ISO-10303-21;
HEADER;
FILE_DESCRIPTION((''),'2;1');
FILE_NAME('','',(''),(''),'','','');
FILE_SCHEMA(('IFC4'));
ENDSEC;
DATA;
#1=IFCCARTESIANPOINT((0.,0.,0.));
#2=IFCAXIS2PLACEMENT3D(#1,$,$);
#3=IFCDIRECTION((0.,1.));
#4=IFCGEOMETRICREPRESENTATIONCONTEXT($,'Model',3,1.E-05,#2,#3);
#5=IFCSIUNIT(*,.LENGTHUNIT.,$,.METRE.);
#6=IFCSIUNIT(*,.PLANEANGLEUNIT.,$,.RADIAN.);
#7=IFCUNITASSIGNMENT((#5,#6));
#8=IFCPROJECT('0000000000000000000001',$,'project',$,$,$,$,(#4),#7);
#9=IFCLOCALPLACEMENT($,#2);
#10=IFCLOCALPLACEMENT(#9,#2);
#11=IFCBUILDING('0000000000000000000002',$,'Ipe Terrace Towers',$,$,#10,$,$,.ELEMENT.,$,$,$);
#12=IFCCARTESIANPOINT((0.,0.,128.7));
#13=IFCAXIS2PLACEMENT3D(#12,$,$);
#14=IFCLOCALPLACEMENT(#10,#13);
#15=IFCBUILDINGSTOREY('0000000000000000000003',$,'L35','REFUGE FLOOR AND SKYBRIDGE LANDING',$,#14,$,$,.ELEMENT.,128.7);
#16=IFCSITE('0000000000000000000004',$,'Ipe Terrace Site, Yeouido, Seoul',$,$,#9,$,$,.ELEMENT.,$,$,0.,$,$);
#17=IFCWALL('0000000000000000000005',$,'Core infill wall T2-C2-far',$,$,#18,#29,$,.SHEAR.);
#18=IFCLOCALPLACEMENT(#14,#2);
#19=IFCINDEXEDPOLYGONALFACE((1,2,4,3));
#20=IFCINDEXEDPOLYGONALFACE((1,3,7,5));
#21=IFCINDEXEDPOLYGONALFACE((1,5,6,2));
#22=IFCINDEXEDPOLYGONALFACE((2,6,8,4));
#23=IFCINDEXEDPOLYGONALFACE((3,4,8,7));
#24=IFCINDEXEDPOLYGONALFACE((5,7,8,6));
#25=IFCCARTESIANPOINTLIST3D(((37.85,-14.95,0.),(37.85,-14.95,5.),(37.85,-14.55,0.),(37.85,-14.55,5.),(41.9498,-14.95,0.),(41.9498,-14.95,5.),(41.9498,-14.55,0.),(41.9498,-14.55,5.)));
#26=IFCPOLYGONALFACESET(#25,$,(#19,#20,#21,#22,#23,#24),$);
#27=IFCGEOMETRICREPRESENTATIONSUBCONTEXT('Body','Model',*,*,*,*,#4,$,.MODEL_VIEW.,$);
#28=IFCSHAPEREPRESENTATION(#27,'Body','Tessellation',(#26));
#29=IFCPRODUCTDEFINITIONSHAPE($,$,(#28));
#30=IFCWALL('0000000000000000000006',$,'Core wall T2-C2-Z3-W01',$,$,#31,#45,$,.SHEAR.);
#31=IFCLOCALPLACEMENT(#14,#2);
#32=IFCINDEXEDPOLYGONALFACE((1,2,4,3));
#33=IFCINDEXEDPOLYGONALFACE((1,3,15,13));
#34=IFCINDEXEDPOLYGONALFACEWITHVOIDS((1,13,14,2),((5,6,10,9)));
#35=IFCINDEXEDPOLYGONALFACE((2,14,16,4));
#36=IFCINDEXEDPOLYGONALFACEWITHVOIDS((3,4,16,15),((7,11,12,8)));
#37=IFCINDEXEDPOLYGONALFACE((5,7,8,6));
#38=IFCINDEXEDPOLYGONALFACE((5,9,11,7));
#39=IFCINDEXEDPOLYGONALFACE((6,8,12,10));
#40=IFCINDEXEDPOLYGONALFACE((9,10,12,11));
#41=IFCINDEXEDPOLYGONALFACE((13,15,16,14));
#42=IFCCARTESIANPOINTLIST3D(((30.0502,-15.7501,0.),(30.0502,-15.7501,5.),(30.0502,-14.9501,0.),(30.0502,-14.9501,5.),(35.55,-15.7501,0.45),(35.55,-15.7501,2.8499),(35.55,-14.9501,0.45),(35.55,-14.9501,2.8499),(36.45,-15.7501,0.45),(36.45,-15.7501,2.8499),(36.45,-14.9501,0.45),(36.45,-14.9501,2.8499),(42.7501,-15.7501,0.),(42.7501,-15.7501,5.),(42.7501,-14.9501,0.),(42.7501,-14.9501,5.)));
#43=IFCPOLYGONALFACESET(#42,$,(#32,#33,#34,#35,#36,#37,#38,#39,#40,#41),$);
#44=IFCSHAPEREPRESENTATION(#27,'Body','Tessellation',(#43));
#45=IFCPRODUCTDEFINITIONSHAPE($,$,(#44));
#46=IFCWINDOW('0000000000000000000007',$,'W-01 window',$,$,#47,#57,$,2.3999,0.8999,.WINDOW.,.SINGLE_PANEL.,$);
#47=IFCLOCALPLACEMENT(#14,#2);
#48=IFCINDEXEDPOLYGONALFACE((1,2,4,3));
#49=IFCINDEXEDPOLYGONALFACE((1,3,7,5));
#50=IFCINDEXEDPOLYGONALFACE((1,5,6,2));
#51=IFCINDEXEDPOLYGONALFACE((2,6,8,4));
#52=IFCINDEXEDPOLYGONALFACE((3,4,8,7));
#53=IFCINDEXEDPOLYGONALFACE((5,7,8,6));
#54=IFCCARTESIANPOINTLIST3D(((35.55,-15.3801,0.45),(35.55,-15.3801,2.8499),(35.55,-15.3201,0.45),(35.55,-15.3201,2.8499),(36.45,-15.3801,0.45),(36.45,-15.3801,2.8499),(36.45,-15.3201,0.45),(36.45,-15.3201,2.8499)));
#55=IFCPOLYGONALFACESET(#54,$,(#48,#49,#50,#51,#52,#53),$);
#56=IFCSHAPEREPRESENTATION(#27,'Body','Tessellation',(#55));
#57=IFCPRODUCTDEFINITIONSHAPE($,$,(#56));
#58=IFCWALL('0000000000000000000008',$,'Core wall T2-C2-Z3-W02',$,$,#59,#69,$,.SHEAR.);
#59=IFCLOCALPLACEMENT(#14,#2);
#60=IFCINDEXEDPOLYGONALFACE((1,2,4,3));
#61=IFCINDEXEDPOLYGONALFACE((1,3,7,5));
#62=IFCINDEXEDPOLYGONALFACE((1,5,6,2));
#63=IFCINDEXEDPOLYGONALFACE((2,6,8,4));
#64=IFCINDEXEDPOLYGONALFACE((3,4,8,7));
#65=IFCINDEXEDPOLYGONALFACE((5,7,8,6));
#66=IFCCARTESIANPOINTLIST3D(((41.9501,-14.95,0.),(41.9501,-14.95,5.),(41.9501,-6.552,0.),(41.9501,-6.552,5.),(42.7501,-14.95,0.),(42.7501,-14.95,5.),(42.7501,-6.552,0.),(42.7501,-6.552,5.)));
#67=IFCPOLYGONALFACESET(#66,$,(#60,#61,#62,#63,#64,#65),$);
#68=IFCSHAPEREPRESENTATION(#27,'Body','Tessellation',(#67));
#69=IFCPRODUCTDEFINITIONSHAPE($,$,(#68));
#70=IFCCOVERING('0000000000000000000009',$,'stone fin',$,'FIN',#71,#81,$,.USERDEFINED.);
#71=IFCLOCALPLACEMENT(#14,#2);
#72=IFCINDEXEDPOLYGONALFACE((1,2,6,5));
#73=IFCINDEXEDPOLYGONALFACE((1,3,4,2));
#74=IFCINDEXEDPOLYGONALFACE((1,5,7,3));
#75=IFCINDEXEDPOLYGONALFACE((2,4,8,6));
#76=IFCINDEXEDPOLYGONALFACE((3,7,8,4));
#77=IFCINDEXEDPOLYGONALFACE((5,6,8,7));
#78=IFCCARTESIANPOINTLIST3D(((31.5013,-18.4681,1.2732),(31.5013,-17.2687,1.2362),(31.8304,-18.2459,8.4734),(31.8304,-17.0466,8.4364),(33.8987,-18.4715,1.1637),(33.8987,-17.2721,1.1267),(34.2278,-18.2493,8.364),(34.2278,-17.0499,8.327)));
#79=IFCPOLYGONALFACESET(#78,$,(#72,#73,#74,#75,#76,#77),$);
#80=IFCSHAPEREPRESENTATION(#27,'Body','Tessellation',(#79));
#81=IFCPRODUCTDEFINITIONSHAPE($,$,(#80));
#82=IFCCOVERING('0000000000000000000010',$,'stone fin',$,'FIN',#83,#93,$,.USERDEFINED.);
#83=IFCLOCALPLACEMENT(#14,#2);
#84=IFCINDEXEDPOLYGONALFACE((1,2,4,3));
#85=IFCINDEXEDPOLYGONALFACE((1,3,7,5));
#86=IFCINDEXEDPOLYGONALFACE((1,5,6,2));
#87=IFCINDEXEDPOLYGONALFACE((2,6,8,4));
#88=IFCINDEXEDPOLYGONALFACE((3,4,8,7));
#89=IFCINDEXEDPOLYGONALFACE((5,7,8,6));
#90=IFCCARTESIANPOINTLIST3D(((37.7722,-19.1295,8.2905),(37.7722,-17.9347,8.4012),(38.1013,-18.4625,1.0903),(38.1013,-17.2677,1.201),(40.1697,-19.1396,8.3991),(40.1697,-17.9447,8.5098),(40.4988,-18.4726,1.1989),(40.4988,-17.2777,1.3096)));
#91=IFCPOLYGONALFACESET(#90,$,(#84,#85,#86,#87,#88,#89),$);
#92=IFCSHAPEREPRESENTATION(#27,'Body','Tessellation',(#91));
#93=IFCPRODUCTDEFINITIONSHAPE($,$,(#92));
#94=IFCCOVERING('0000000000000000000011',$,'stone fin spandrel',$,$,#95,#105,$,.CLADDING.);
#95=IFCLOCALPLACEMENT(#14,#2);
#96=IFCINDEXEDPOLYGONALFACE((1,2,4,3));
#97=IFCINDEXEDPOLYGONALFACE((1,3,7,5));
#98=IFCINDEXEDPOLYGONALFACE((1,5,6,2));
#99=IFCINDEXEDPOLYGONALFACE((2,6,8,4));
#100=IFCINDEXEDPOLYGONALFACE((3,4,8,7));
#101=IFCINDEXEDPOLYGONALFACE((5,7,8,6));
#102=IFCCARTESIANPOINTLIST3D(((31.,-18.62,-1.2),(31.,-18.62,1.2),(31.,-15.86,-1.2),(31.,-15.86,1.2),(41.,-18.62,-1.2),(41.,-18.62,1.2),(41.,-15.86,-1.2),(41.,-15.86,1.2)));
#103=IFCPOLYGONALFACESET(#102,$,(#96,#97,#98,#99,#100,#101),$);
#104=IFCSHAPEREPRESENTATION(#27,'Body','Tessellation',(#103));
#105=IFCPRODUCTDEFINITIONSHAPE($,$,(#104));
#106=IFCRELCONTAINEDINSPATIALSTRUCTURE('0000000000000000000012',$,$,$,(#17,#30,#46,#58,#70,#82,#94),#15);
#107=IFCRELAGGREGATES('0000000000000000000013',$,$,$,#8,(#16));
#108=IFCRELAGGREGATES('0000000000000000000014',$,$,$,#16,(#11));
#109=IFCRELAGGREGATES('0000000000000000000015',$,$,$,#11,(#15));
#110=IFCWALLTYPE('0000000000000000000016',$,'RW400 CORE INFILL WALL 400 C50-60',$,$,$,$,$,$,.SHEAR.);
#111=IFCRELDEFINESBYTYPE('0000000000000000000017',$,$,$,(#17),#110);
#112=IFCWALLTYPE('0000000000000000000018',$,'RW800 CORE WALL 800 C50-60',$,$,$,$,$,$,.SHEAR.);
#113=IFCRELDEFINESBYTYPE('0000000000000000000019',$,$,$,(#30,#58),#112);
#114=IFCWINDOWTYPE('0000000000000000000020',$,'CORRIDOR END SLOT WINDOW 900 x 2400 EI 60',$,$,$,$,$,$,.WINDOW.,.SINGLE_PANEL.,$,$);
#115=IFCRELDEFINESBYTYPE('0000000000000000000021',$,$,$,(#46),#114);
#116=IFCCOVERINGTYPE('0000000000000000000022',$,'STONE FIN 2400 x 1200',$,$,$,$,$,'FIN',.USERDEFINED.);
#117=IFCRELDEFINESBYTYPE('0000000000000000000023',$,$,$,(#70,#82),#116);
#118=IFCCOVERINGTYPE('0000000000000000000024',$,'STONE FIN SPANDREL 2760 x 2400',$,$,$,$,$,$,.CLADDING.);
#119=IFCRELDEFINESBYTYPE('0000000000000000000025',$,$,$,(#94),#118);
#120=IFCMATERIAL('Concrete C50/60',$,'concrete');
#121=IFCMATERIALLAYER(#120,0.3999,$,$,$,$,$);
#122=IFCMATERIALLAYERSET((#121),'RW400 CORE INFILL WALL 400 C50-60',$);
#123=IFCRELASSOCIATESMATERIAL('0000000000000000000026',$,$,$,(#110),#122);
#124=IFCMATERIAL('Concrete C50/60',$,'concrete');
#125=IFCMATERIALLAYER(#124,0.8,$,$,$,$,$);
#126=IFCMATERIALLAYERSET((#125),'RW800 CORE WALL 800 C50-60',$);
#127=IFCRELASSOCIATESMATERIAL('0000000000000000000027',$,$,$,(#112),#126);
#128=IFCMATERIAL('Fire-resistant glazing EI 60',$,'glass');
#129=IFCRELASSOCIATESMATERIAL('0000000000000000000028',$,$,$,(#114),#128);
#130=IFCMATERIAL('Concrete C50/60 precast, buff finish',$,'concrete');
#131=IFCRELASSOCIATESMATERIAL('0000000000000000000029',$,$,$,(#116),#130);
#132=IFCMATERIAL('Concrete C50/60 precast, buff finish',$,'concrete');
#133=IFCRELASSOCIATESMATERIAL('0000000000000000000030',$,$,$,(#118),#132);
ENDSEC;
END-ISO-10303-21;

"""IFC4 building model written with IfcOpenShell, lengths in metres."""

from ifc_helpers import new_model, si_unit, direction, frame, frame_2d, origin, origin_2d, place, context, subcontext, project, spatial, rectangle, extrude, material, layer, layer_set, material_profile, profile_set, type_object, element, fill, save


model = new_model("IFC4")

# Units and contexts
model_context = context("Model", 3, precision=1e-05, world=origin(), true_north=direction((0.0, 1.0)))
body_context = subcontext(model_context, "Body", "Model", "MODEL_VIEW")
ifc_project = project(units=[si_unit("LENGTHUNIT", "METRE"), si_unit("PLANEANGLEUNIT", "RADIAN")], contexts=[model_context])

# Site, building, storey
site_placement = place(None, origin())
site = spatial("IfcSite", under=ifc_project, at=site_placement, Name="Ipe Terrace Site, Yeouido, Seoul", CompositionType="ELEMENT", RefElevation=0.0)
building_placement = place(site_placement, origin())
building = spatial("IfcBuilding", under=site, at=building_placement, Name="Ipe Terrace Towers", CompositionType="ELEMENT")
storey_placement = place(building_placement, frame((0.0, 0.0, 128.7)))
storey = spatial("IfcBuildingStorey", under=building, at=storey_placement, Name="L35", Description="REFUGE FLOOR AND SKYBRIDGE LANDING", CompositionType="ELEMENT", Elevation=128.7)

# Wall
ifc_material_1 = material(Name="Concrete C50/60", Category="concrete")
ifc_layer_1 = layer(ifc_material_1, 0.3999)
ifc_layer_set_1 = layer_set([ifc_layer_1], Name="RW400 CORE INFILL WALL 400 C50-60")
wall_type_1 = type_object("IfcWallType", Name="RW400 CORE INFILL WALL 400 C50-60", PredefinedType="SHEAR", material=ifc_layer_set_1)
wall_1_placement = place(storey_placement, frame((37.8501, -14.75, 0.0), z_axis=(0.0, 0.0, 1.0), x_axis=(1.0, 0.0, 0.0)))
element("IfcWall", 1, at=wall_1_placement, inside=storey, type_object=wall_type_1, Name="Core infill wall T2-C2-far", PredefinedType="SHEAR", context=body_context, shape_type="SweptSolid", body=[
    extrude(rectangle(XDim=4.0999, YDim=0.3999, at=frame_2d((2.0498, 0.0))), origin(), (0.0, 0.0, 1.0), 5.0),
])

# Wall, opening, window
ifc_material_2 = material(Name="Concrete C50/60", Category="concrete")
ifc_layer_2 = layer(ifc_material_2, 0.8)
ifc_layer_set_2 = layer_set([ifc_layer_2], Name="RW800 CORE WALL 800 C50-60")
wall_type_2 = type_object("IfcWallType", Name="RW800 CORE WALL 800 C50-60", PredefinedType="SHEAR", material=ifc_layer_set_2)
wall_2_placement = place(storey_placement, frame((30.05, -15.3501, 0.0), z_axis=(0.0, 0.0, 1.0), x_axis=(1.0, 0.0, 0.0)))
wall_2 = element("IfcWall", 2, at=wall_2_placement, inside=storey, type_object=wall_type_2, Name="Core wall T2-C2-Z3-W01", PredefinedType="SHEAR", context=body_context, shape_type="SweptSolid", body=[
    extrude(rectangle(XDim=12.7, YDim=0.8, at=frame_2d((6.3501, 0.0))), origin(), (0.0, 0.0, 1.0), 5.0),
])
opening_1_placement = place(wall_2_placement, frame((5.5, 0.0, 0.45)))
opening_1 = element("IfcOpeningElement", 3, at=opening_1_placement, cuts=wall_2, PredefinedType="OPENING", context=body_context, shape_type="SweptSolid", body=[
    extrude(rectangle(XDim=0.8999, YDim=2.3999, at=frame_2d((0.45, 1.2))), frame((0.0, 0.4102, 0.0), z_axis=(0.0, -1.0, 0.0), x_axis=(1.0, 0.0, 0.0)), (0.0, 0.0, 1.0), 0.8201),
])
ifc_material_3 = material(Name="Fire-resistant glazing EI 60", Category="glass")
window_type = type_object("IfcWindowType", Name="CORRIDOR END SLOT WINDOW 900 x 2400 EI 60", PartitioningType="SINGLE_PANEL", PredefinedType="WINDOW", material=ifc_material_3)
window_placement = place(opening_1_placement, origin())
window = element("IfcWindow", 4, at=window_placement, inside=storey, type_object=window_type, Name="W-01 window", OverallHeight=2.3999, OverallWidth=0.8999, PartitioningType="SINGLE_PANEL", PredefinedType="WINDOW", context=body_context, shape_type="SweptSolid", body=[
    extrude(rectangle(XDim=0.8999, YDim=2.3999, at=frame_2d((0.45, 1.2))), frame((0.0, 0.03, 0.0), z_axis=(0.0, -1.0, 0.0), x_axis=(1.0, 0.0, 0.0)), (0.0, 0.0, 1.0), 0.0601),
])
fill(opening_1, window)

# Wall
wall_3_placement = place(storey_placement, frame((42.3501, -14.95, 0.0), z_axis=(0.0, 0.0, 1.0), x_axis=(0.0, 1.0, 0.0)))
element("IfcWall", 5, at=wall_3_placement, inside=storey, type_object=wall_type_2, Name="Core wall T2-C2-Z3-W02", PredefinedType="SHEAR", context=body_context, shape_type="SweptSolid", body=[
    extrude(rectangle(XDim=8.3979, YDim=0.8, at=frame_2d((4.199, 0.0))), origin(), (0.0, 0.0, 1.0), 5.0),
])

# Coverings
ifc_material_4 = material(Name="Concrete C50/60 precast, buff finish", Category="concrete")
ifc_material_profile_1 = material_profile(ifc_material_4, rectangle(XDim=2.3999, YDim=1.2, at=origin_2d()), Name="STONE FIN 2400 x 1200")
ifc_profile_set_1 = profile_set([ifc_material_profile_1], Name="Concrete C50/60 precast, buff finish")
covering_type_1 = type_object("IfcCoveringType", Name="STONE FIN 2400 x 1200", ElementType="FIN", PredefinedType="USERDEFINED", material=ifc_profile_set_1)
covering_1_placement = place(storey_placement, frame((32.7, -17.8701, 1.2), z_axis=(0.045638, 0.030809, 0.998483), x_axis=(0.998958, -0.001408, -0.045616)))
element("IfcCovering", 6, at=covering_1_placement, inside=storey, type_object=covering_type_1, Name="stone fin", ObjectType="FIN", PredefinedType="USERDEFINED", context=body_context, shape_type="SweptSolid", body=[
    extrude(rectangle(XDim=2.3999, YDim=1.2, at=origin_2d()), origin(), (0.0, 0.0, 1.0), 7.2112),
])
covering_2_placement = place(storey_placement, frame((39.3, -17.8701, 1.2), z_axis=(-0.045465, -0.092145, 0.994707), x_axis=(0.998966, -0.004194, 0.045272)))
element("IfcCovering", 7, at=covering_2_placement, inside=storey, type_object=covering_type_1, Name="stone fin", ObjectType="FIN", PredefinedType="USERDEFINED", context=body_context, shape_type="SweptSolid", body=[
    extrude(rectangle(XDim=2.3999, YDim=1.2, at=origin_2d()), origin(), (0.0, 0.0, 1.0), 7.2385),
])
ifc_material_5 = material(Name="Concrete C50/60 precast, buff finish", Category="concrete")
ifc_material_profile_2 = material_profile(ifc_material_5, rectangle(XDim=2.76, YDim=2.3999, at=origin_2d()), Name="STONE FIN SPANDREL 2760 x 2400")
ifc_profile_set_2 = profile_set([ifc_material_profile_2], Name="Concrete C50/60 precast, buff finish")
covering_type_2 = type_object("IfcCoveringType", Name="STONE FIN SPANDREL 2760 x 2400", PredefinedType="CLADDING", material=ifc_profile_set_2)
covering_3_placement = place(storey_placement, frame((31.0, -17.24, 0.0), z_axis=(1.0, 0.0, 0.0), x_axis=(0.0, -1.0, 0.0)))
element("IfcCovering", 8, at=covering_3_placement, inside=storey, type_object=covering_type_2, Name="stone fin spandrel", PredefinedType="CLADDING", context=body_context, shape_type="SweptSolid", body=[
    extrude(rectangle(XDim=2.76, YDim=2.3999, at=origin_2d()), origin(), (0.0, 0.0, 1.0), 10.0),
])

save(model, "model.ifc")
